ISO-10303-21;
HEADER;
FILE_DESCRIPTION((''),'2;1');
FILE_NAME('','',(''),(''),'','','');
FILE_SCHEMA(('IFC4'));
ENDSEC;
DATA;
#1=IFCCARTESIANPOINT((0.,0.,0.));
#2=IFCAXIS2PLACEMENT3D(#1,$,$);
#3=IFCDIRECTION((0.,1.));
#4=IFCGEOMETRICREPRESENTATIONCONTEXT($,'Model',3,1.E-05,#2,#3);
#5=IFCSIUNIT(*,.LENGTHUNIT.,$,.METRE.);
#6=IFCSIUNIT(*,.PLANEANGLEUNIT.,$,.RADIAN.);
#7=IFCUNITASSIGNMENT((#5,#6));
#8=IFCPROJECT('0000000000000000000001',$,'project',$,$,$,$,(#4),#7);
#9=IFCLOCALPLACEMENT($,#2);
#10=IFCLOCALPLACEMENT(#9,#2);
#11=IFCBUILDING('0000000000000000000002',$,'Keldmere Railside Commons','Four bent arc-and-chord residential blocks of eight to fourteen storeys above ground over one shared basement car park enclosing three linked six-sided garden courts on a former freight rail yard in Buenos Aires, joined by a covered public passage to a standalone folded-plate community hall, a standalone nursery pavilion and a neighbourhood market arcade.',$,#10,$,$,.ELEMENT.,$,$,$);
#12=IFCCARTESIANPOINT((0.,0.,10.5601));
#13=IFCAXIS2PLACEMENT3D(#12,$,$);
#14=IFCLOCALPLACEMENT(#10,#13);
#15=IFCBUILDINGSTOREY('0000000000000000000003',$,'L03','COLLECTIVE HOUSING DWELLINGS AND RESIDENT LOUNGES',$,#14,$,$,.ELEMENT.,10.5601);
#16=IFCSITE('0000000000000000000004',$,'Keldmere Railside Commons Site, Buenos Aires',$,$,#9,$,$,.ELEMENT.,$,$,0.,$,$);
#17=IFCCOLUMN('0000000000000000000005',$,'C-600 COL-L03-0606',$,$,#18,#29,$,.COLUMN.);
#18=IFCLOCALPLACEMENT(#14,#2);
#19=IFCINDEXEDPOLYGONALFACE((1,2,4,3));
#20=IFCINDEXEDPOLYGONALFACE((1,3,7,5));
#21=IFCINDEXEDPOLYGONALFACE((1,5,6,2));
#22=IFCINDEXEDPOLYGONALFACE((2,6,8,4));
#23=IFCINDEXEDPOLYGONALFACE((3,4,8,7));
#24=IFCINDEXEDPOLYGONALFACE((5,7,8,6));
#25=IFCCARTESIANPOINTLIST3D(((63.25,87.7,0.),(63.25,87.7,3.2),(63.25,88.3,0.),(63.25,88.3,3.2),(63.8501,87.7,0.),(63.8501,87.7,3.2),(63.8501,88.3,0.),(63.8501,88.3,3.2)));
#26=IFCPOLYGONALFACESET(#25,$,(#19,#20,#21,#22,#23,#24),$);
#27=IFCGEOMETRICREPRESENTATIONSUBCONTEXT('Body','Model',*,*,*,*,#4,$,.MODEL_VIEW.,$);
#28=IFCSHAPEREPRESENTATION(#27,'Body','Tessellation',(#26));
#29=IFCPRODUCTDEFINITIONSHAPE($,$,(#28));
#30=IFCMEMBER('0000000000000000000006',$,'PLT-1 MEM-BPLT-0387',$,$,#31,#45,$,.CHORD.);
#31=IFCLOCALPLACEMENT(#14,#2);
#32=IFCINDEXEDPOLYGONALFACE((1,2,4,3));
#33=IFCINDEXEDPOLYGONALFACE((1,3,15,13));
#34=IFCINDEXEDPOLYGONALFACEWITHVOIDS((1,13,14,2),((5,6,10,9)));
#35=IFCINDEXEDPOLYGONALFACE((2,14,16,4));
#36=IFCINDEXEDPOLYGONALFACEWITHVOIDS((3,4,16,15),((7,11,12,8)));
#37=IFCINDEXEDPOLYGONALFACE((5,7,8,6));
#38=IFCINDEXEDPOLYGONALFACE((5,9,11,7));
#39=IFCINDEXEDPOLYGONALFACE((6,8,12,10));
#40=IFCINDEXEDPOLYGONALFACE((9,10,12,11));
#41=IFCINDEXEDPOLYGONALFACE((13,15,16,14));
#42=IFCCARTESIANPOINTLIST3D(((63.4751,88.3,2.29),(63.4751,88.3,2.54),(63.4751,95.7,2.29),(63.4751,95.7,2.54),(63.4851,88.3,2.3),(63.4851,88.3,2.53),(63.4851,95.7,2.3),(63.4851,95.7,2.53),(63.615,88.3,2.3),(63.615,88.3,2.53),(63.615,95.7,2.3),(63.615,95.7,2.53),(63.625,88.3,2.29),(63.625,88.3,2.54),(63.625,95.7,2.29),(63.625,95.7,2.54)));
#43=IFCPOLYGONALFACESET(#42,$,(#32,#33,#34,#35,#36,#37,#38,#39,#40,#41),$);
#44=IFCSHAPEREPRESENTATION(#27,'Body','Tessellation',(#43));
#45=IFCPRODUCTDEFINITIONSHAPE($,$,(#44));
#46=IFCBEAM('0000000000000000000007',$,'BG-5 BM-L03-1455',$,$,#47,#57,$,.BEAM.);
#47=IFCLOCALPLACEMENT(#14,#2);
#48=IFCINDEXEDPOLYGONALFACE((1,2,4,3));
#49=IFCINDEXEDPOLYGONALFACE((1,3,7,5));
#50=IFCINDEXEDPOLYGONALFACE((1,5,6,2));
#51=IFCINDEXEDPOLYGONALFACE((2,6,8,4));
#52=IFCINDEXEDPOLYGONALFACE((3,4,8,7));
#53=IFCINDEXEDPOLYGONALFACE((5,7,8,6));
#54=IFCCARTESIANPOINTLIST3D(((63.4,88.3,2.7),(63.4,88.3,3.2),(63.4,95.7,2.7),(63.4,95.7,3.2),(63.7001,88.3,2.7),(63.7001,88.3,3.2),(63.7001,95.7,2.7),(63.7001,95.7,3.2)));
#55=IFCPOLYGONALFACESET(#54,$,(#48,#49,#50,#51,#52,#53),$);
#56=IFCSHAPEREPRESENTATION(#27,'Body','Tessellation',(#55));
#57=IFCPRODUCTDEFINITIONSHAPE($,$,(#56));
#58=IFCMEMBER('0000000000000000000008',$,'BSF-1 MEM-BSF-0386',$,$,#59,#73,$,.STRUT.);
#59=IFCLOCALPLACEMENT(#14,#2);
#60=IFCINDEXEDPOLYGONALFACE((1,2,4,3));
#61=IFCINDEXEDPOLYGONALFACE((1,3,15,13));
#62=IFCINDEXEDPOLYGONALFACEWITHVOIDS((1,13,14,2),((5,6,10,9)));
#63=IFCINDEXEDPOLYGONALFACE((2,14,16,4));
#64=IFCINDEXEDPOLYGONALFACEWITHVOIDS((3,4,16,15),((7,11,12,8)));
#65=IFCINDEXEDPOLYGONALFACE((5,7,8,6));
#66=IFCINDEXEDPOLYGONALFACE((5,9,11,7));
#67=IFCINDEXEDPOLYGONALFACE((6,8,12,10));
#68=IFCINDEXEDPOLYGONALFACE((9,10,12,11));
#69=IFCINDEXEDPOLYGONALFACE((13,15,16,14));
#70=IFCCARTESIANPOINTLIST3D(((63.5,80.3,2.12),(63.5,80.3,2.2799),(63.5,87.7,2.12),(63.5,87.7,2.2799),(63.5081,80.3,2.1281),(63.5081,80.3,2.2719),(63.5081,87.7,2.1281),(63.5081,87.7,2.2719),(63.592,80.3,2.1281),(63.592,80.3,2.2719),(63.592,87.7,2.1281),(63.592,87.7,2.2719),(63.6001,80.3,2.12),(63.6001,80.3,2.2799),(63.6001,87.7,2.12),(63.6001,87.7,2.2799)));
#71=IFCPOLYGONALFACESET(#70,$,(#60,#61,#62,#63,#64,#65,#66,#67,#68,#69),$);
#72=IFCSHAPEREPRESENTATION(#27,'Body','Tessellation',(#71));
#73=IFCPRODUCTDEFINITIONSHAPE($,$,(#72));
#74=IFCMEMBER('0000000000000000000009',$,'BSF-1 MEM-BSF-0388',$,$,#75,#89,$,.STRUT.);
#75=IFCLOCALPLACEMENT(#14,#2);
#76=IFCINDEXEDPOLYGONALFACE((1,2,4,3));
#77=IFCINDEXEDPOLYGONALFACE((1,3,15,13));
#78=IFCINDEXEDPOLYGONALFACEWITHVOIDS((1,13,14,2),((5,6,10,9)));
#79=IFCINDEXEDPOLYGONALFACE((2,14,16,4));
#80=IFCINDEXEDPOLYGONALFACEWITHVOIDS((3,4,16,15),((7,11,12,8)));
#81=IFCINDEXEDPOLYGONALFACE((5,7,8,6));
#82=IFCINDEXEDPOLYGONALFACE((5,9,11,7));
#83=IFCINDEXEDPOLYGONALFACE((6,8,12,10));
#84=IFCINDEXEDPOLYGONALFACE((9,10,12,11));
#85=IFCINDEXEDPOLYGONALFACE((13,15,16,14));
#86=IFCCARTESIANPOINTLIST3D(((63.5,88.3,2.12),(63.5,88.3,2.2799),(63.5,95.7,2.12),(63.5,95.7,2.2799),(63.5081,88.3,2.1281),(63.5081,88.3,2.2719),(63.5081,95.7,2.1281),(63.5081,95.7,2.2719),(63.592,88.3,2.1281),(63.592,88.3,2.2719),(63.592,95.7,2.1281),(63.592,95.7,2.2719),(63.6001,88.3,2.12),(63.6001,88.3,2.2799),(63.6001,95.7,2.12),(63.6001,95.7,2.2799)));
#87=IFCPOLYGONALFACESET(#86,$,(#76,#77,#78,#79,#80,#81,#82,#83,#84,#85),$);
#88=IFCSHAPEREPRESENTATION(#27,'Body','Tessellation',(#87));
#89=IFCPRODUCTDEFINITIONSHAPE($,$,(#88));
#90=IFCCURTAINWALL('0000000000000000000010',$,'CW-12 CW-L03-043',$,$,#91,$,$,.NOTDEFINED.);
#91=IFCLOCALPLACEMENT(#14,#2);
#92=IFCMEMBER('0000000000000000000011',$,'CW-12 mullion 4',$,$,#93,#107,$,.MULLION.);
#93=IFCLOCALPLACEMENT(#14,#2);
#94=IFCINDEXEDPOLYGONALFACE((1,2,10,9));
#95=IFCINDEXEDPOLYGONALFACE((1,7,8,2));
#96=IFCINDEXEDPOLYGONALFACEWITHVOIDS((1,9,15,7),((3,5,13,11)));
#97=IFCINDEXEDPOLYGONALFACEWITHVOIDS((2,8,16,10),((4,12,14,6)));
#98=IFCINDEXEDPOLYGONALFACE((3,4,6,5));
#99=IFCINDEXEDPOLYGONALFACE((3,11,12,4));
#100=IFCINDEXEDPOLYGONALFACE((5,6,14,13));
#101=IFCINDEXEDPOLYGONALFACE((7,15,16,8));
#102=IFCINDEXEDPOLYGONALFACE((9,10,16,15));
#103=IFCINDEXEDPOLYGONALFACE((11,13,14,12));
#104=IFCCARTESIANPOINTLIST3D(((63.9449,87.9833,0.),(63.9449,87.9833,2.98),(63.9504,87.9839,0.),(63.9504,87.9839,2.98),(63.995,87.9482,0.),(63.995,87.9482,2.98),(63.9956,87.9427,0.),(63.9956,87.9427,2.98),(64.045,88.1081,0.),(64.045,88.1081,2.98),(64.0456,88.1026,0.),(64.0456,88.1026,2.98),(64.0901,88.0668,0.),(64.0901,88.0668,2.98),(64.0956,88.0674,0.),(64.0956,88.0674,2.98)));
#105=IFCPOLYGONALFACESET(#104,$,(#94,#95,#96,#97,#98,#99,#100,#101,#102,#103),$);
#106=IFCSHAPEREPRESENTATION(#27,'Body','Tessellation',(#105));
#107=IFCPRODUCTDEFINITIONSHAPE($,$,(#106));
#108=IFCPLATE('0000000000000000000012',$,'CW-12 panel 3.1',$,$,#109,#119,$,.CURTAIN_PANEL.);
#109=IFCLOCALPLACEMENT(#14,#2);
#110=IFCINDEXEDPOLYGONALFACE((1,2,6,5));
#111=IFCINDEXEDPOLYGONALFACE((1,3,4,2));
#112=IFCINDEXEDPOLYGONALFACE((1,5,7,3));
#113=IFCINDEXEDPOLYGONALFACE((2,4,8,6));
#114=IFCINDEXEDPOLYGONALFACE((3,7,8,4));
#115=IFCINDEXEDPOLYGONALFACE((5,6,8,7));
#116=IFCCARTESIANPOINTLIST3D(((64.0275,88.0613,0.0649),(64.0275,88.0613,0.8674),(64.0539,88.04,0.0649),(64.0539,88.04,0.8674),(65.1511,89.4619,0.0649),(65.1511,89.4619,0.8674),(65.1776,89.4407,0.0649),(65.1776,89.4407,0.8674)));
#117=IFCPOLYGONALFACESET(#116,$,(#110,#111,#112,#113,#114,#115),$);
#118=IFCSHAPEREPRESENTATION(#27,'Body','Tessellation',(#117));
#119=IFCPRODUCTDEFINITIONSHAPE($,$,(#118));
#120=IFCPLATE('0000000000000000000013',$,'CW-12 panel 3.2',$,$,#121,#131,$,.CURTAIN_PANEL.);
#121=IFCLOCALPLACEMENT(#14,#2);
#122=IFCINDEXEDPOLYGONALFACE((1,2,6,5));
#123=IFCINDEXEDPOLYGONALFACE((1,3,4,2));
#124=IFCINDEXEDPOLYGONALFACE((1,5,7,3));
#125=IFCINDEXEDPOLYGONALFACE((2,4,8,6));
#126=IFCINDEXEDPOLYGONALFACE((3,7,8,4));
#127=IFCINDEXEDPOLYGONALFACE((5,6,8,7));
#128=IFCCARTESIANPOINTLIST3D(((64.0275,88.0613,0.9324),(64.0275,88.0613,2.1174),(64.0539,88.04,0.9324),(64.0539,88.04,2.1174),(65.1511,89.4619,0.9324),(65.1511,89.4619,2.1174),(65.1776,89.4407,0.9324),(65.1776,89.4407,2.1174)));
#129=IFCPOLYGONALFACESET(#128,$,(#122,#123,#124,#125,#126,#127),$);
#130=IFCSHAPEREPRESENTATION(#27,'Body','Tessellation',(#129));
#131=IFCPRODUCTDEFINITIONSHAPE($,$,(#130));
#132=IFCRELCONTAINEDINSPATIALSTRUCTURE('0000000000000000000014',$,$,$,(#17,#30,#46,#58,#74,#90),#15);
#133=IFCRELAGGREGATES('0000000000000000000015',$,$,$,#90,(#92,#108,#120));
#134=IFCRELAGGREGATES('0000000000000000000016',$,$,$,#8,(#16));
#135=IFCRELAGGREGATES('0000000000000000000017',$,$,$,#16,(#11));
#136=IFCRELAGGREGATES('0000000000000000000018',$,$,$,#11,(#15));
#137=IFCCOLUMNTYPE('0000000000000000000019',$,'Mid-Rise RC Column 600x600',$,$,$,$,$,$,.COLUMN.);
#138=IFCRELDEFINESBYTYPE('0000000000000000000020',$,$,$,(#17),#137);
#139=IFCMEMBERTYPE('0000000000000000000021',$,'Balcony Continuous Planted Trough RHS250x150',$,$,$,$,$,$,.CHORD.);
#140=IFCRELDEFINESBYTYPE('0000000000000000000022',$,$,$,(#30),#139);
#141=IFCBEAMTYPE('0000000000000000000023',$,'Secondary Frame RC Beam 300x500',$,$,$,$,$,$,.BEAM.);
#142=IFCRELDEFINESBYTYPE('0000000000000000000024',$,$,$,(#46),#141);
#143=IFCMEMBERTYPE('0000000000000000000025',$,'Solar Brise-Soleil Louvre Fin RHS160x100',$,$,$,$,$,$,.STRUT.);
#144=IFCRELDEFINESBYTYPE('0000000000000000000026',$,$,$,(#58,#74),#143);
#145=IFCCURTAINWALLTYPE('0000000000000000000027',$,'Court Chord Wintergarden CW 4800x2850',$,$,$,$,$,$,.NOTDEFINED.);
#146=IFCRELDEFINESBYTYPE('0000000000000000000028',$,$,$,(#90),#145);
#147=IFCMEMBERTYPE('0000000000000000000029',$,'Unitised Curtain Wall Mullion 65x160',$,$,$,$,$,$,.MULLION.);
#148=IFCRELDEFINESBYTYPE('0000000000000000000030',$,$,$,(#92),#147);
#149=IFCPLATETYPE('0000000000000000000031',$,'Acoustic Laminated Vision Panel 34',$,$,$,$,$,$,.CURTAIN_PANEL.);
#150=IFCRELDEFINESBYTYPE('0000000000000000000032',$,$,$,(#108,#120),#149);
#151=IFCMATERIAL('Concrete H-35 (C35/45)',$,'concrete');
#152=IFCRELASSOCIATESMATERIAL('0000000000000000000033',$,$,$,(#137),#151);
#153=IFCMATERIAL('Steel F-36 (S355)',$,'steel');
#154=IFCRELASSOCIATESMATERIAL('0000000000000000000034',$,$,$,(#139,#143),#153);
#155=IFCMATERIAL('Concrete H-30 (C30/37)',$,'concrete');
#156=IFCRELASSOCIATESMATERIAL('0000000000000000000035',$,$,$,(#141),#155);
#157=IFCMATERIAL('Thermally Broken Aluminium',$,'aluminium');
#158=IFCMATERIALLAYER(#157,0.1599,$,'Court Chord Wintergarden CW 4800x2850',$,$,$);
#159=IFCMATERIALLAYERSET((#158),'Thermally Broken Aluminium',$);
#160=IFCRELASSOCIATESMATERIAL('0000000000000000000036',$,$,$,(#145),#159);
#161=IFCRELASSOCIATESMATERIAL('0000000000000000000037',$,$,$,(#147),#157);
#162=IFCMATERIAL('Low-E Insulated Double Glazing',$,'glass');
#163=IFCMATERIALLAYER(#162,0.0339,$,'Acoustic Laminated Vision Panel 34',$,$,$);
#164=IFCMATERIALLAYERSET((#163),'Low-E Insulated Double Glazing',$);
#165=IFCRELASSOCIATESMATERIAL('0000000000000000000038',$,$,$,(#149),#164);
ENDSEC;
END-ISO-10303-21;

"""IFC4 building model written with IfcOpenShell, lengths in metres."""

from ifc_helpers import new_model, si_unit, direction, frame, origin, origin_2d, place, context, subcontext, project, spatial, rectangle, hollow_rectangle, extrude, material, layer, layer_set, material_profile, profile_set, type_object, element, aggregate, save


model = new_model("IFC4")

# Units and contexts
model_context = context("Model", 3, precision=1e-05, world=origin(), true_north=direction((0.0, 1.0)))
body_context = subcontext(model_context, "Body", "Model", "MODEL_VIEW")
ifc_project = project(units=[si_unit("LENGTHUNIT", "METRE"), si_unit("PLANEANGLEUNIT", "RADIAN")], contexts=[model_context])

# Site, building, storey
site_placement = place(None, origin())
site = spatial("IfcSite", under=ifc_project, at=site_placement, Name="Keldmere Railside Commons Site, Buenos Aires", CompositionType="ELEMENT", RefElevation=0.0)
building_placement = place(site_placement, origin())
building = spatial("IfcBuilding", under=site, at=building_placement, Name="Keldmere Railside Commons", Description="Four bent arc-and-chord residential blocks of eight to fourteen storeys above ground over one shared basement car park enclosing three linked six-sided garden courts on a former freight rail yard in Buenos Aires, joined by a covered public passage to a standalone folded-plate community hall, a standalone nursery pavilion and a neighbourhood market arcade.", CompositionType="ELEMENT")
storey_placement = place(building_placement, frame((0.0, 0.0, 10.5601)))
storey = spatial("IfcBuildingStorey", under=building, at=storey_placement, Name="L03", Description="COLLECTIVE HOUSING DWELLINGS AND RESIDENT LOUNGES", CompositionType="ELEMENT", Elevation=10.5601)

# Column
ifc_material_1 = material(Name="Concrete H-35 (C35/45)", Category="concrete")
ifc_material_profile_1 = material_profile(ifc_material_1, rectangle(XDim=0.6001, YDim=0.6001, at=origin_2d()), Name="RC-600x600")
ifc_profile_set_1 = profile_set([ifc_material_profile_1], Name="Concrete H-35 (C35/45)")
column_type = type_object("IfcColumnType", Name="Mid-Rise RC Column 600x600", PredefinedType="COLUMN", material=ifc_profile_set_1)
column_placement = place(storey_placement, frame((63.55, 88.0, 0.0), z_axis=(0.0, 0.0, 1.0), x_axis=(1.0, 0.0, 0.0)))
element("IfcColumn", 1, at=column_placement, inside=storey, type_object=column_type, Name="C-600 COL-L03-0606", PredefinedType="COLUMN", context=body_context, shape_type="SweptSolid", body=[
    extrude(rectangle(XDim=0.6001, YDim=0.6001, at=origin_2d()), origin(), (0.0, 0.0, 1.0), 3.2),
])

# Member
ifc_material_2 = material(Name="Steel F-36 (S355)", Category="steel")
ifc_material_profile_2 = material_profile(ifc_material_2, hollow_rectangle(XDim=0.1499, YDim=0.25, WallThickness=0.01, at=origin_2d()), Name="RHS-250x150x10")
ifc_profile_set_2 = profile_set([ifc_material_profile_2], Name="Steel F-36 (S355)")
member_type_1 = type_object("IfcMemberType", Name="Balcony Continuous Planted Trough RHS250x150", PredefinedType="CHORD", material=ifc_profile_set_2)
member_1_placement = place(storey_placement, frame((63.55, 88.3, 2.415), z_axis=(0.0, 1.0, 0.0), x_axis=(-1.0, 0.0, 0.0)))
element("IfcMember", 2, at=member_1_placement, inside=storey, type_object=member_type_1, Name="PLT-1 MEM-BPLT-0387", PredefinedType="CHORD", context=body_context, shape_type="SweptSolid", body=[
    extrude(hollow_rectangle(XDim=0.1499, YDim=0.25, WallThickness=0.01, at=origin_2d()), origin(), (0.0, 0.0, 1.0), 7.3999),
])

# Beam
ifc_material_3 = material(Name="Concrete H-30 (C30/37)", Category="concrete")
ifc_material_profile_3 = material_profile(ifc_material_3, rectangle(XDim=0.3, YDim=0.5, at=origin_2d()), Name="RC-300x500")
ifc_profile_set_3 = profile_set([ifc_material_profile_3], Name="Concrete H-30 (C30/37)")
beam_type = type_object("IfcBeamType", Name="Secondary Frame RC Beam 300x500", PredefinedType="BEAM", material=ifc_profile_set_3)
beam_placement = place(storey_placement, frame((63.55, 88.3, 2.95), z_axis=(0.0, 1.0, 0.0), x_axis=(-1.0, 0.0, 0.0)))
element("IfcBeam", 3, at=beam_placement, inside=storey, type_object=beam_type, Name="BG-5 BM-L03-1455", PredefinedType="BEAM", context=body_context, shape_type="SweptSolid", body=[
    extrude(rectangle(XDim=0.3, YDim=0.5, at=origin_2d()), origin(), (0.0, 0.0, 1.0), 7.3999),
])

# Members
ifc_material_profile_4 = material_profile(ifc_material_2, hollow_rectangle(XDim=0.1001, YDim=0.1599, WallThickness=0.0081, at=origin_2d()), Name="RHS-160x100x8")
ifc_profile_set_4 = profile_set([ifc_material_profile_4], Name="Steel F-36 (S355)")
member_type_2 = type_object("IfcMemberType", Name="Solar Brise-Soleil Louvre Fin RHS160x100", PredefinedType="STRUT", material=ifc_profile_set_4)
for number, where, z_axis, x_axis, name in (
    (4, (63.55, 80.3, 2.2), (0.0, 1.0, 0.0), (-1.0, 0.0, 0.0), "BSF-1 MEM-BSF-0386"),
    (5, (63.55, 88.3, 2.2), (0.0, 1.0, 0.0), (-1.0, 0.0, 0.0), "BSF-1 MEM-BSF-0388"),
):
    element("IfcMember", number, at=place(storey_placement, frame(where, z_axis=z_axis, x_axis=x_axis)), inside=storey, type_object=member_type_2, Name=name, PredefinedType="STRUT", context=body_context, shape_type="SweptSolid", body=[
        extrude(hollow_rectangle(XDim=0.1001, YDim=0.1599, WallThickness=0.0081, at=origin_2d()), origin(), (0.0, 0.0, 1.0), 7.3999),
    ])

# Curtain wall, member, plates
ifc_material_4 = material(Name="Thermally Broken Aluminium", Category="aluminium")
ifc_layer_1 = layer(ifc_material_4, 0.1599, Name="Court Chord Wintergarden CW 4800x2850")
ifc_layer_set_1 = layer_set([ifc_layer_1], Name="Thermally Broken Aluminium")
curtain_wall_type = type_object("IfcCurtainWallType", Name="Court Chord Wintergarden CW 4800x2850", PredefinedType="NOTDEFINED", material=ifc_layer_set_1)
curtain_wall_placement = place(storey_placement, origin())
curtain_wall = element("IfcCurtainWall", 6, at=curtain_wall_placement, inside=storey, type_object=curtain_wall_type, Name="CW-12 CW-L03-043", PredefinedType="NOTDEFINED")
ifc_material_profile_5 = material_profile(ifc_material_4, hollow_rectangle(XDim=0.0649, YDim=0.1599, WallThickness=0.0039, at=origin_2d()), Name="ALU-MULL-65x160")
ifc_profile_set_5 = profile_set([ifc_material_profile_5], Name="Thermally Broken Aluminium")
member_type_3 = type_object("IfcMemberType", Name="Unitised Curtain Wall Mullion 65x160", PredefinedType="MULLION", material=ifc_profile_set_5)
member_2_placement = place(storey_placement, frame((64.0203, 88.0254, 0.0), z_axis=(0.0, 0.0, 1.0), x_axis=(0.780009, -0.625768, 0.0)))
member_2 = element("IfcMember", 7, at=member_2_placement, type_object=member_type_3, Name="CW-12 mullion 4", PredefinedType="MULLION", context=body_context, shape_type="SweptSolid", body=[
    extrude(hollow_rectangle(XDim=0.0649, YDim=0.1599, WallThickness=0.0039, at=origin_2d()), origin(), (0.0, 0.0, 1.0), 2.98),
])
ifc_material_5 = material(Name="Low-E Insulated Double Glazing", Category="glass")
ifc_layer_2 = layer(ifc_material_5, 0.0339, Name="Acoustic Laminated Vision Panel 34")
ifc_layer_set_2 = layer_set([ifc_layer_2], Name="Low-E Insulated Double Glazing")
plate_type = type_object("IfcPlateType", Name="Acoustic Laminated Vision Panel 34", PredefinedType="CURTAIN_PANEL", material=ifc_layer_set_2)
plate_1_placement = place(storey_placement, frame((64.6025, 88.751, 0.0649), z_axis=(0.0, 0.0, 1.0), x_axis=(-0.625768, -0.780009, 0.0)))
plate_1 = element("IfcPlate", 8, at=plate_1_placement, type_object=plate_type, Name="CW-12 panel 3.1", PredefinedType="CURTAIN_PANEL", context=body_context, shape_type="SweptSolid", body=[
    extrude(rectangle(XDim=1.7957, YDim=0.0339, at=origin_2d()), origin(), (0.0, 0.0, 1.0), 0.8025),
])
plate_2_placement = place(storey_placement, frame((64.6025, 88.751, 0.9324), z_axis=(0.0, 0.0, 1.0), x_axis=(-0.625768, -0.780009, 0.0)))
plate_2 = element("IfcPlate", 9, at=plate_2_placement, type_object=plate_type, Name="CW-12 panel 3.2", PredefinedType="CURTAIN_PANEL", context=body_context, shape_type="SweptSolid", body=[
    extrude(rectangle(XDim=1.7957, YDim=0.0339, at=origin_2d()), origin(), (0.0, 0.0, 1.0), 1.1851),
])
aggregate(curtain_wall, [member_2, plate_1, plate_2])

save(model, "model.ifc")
